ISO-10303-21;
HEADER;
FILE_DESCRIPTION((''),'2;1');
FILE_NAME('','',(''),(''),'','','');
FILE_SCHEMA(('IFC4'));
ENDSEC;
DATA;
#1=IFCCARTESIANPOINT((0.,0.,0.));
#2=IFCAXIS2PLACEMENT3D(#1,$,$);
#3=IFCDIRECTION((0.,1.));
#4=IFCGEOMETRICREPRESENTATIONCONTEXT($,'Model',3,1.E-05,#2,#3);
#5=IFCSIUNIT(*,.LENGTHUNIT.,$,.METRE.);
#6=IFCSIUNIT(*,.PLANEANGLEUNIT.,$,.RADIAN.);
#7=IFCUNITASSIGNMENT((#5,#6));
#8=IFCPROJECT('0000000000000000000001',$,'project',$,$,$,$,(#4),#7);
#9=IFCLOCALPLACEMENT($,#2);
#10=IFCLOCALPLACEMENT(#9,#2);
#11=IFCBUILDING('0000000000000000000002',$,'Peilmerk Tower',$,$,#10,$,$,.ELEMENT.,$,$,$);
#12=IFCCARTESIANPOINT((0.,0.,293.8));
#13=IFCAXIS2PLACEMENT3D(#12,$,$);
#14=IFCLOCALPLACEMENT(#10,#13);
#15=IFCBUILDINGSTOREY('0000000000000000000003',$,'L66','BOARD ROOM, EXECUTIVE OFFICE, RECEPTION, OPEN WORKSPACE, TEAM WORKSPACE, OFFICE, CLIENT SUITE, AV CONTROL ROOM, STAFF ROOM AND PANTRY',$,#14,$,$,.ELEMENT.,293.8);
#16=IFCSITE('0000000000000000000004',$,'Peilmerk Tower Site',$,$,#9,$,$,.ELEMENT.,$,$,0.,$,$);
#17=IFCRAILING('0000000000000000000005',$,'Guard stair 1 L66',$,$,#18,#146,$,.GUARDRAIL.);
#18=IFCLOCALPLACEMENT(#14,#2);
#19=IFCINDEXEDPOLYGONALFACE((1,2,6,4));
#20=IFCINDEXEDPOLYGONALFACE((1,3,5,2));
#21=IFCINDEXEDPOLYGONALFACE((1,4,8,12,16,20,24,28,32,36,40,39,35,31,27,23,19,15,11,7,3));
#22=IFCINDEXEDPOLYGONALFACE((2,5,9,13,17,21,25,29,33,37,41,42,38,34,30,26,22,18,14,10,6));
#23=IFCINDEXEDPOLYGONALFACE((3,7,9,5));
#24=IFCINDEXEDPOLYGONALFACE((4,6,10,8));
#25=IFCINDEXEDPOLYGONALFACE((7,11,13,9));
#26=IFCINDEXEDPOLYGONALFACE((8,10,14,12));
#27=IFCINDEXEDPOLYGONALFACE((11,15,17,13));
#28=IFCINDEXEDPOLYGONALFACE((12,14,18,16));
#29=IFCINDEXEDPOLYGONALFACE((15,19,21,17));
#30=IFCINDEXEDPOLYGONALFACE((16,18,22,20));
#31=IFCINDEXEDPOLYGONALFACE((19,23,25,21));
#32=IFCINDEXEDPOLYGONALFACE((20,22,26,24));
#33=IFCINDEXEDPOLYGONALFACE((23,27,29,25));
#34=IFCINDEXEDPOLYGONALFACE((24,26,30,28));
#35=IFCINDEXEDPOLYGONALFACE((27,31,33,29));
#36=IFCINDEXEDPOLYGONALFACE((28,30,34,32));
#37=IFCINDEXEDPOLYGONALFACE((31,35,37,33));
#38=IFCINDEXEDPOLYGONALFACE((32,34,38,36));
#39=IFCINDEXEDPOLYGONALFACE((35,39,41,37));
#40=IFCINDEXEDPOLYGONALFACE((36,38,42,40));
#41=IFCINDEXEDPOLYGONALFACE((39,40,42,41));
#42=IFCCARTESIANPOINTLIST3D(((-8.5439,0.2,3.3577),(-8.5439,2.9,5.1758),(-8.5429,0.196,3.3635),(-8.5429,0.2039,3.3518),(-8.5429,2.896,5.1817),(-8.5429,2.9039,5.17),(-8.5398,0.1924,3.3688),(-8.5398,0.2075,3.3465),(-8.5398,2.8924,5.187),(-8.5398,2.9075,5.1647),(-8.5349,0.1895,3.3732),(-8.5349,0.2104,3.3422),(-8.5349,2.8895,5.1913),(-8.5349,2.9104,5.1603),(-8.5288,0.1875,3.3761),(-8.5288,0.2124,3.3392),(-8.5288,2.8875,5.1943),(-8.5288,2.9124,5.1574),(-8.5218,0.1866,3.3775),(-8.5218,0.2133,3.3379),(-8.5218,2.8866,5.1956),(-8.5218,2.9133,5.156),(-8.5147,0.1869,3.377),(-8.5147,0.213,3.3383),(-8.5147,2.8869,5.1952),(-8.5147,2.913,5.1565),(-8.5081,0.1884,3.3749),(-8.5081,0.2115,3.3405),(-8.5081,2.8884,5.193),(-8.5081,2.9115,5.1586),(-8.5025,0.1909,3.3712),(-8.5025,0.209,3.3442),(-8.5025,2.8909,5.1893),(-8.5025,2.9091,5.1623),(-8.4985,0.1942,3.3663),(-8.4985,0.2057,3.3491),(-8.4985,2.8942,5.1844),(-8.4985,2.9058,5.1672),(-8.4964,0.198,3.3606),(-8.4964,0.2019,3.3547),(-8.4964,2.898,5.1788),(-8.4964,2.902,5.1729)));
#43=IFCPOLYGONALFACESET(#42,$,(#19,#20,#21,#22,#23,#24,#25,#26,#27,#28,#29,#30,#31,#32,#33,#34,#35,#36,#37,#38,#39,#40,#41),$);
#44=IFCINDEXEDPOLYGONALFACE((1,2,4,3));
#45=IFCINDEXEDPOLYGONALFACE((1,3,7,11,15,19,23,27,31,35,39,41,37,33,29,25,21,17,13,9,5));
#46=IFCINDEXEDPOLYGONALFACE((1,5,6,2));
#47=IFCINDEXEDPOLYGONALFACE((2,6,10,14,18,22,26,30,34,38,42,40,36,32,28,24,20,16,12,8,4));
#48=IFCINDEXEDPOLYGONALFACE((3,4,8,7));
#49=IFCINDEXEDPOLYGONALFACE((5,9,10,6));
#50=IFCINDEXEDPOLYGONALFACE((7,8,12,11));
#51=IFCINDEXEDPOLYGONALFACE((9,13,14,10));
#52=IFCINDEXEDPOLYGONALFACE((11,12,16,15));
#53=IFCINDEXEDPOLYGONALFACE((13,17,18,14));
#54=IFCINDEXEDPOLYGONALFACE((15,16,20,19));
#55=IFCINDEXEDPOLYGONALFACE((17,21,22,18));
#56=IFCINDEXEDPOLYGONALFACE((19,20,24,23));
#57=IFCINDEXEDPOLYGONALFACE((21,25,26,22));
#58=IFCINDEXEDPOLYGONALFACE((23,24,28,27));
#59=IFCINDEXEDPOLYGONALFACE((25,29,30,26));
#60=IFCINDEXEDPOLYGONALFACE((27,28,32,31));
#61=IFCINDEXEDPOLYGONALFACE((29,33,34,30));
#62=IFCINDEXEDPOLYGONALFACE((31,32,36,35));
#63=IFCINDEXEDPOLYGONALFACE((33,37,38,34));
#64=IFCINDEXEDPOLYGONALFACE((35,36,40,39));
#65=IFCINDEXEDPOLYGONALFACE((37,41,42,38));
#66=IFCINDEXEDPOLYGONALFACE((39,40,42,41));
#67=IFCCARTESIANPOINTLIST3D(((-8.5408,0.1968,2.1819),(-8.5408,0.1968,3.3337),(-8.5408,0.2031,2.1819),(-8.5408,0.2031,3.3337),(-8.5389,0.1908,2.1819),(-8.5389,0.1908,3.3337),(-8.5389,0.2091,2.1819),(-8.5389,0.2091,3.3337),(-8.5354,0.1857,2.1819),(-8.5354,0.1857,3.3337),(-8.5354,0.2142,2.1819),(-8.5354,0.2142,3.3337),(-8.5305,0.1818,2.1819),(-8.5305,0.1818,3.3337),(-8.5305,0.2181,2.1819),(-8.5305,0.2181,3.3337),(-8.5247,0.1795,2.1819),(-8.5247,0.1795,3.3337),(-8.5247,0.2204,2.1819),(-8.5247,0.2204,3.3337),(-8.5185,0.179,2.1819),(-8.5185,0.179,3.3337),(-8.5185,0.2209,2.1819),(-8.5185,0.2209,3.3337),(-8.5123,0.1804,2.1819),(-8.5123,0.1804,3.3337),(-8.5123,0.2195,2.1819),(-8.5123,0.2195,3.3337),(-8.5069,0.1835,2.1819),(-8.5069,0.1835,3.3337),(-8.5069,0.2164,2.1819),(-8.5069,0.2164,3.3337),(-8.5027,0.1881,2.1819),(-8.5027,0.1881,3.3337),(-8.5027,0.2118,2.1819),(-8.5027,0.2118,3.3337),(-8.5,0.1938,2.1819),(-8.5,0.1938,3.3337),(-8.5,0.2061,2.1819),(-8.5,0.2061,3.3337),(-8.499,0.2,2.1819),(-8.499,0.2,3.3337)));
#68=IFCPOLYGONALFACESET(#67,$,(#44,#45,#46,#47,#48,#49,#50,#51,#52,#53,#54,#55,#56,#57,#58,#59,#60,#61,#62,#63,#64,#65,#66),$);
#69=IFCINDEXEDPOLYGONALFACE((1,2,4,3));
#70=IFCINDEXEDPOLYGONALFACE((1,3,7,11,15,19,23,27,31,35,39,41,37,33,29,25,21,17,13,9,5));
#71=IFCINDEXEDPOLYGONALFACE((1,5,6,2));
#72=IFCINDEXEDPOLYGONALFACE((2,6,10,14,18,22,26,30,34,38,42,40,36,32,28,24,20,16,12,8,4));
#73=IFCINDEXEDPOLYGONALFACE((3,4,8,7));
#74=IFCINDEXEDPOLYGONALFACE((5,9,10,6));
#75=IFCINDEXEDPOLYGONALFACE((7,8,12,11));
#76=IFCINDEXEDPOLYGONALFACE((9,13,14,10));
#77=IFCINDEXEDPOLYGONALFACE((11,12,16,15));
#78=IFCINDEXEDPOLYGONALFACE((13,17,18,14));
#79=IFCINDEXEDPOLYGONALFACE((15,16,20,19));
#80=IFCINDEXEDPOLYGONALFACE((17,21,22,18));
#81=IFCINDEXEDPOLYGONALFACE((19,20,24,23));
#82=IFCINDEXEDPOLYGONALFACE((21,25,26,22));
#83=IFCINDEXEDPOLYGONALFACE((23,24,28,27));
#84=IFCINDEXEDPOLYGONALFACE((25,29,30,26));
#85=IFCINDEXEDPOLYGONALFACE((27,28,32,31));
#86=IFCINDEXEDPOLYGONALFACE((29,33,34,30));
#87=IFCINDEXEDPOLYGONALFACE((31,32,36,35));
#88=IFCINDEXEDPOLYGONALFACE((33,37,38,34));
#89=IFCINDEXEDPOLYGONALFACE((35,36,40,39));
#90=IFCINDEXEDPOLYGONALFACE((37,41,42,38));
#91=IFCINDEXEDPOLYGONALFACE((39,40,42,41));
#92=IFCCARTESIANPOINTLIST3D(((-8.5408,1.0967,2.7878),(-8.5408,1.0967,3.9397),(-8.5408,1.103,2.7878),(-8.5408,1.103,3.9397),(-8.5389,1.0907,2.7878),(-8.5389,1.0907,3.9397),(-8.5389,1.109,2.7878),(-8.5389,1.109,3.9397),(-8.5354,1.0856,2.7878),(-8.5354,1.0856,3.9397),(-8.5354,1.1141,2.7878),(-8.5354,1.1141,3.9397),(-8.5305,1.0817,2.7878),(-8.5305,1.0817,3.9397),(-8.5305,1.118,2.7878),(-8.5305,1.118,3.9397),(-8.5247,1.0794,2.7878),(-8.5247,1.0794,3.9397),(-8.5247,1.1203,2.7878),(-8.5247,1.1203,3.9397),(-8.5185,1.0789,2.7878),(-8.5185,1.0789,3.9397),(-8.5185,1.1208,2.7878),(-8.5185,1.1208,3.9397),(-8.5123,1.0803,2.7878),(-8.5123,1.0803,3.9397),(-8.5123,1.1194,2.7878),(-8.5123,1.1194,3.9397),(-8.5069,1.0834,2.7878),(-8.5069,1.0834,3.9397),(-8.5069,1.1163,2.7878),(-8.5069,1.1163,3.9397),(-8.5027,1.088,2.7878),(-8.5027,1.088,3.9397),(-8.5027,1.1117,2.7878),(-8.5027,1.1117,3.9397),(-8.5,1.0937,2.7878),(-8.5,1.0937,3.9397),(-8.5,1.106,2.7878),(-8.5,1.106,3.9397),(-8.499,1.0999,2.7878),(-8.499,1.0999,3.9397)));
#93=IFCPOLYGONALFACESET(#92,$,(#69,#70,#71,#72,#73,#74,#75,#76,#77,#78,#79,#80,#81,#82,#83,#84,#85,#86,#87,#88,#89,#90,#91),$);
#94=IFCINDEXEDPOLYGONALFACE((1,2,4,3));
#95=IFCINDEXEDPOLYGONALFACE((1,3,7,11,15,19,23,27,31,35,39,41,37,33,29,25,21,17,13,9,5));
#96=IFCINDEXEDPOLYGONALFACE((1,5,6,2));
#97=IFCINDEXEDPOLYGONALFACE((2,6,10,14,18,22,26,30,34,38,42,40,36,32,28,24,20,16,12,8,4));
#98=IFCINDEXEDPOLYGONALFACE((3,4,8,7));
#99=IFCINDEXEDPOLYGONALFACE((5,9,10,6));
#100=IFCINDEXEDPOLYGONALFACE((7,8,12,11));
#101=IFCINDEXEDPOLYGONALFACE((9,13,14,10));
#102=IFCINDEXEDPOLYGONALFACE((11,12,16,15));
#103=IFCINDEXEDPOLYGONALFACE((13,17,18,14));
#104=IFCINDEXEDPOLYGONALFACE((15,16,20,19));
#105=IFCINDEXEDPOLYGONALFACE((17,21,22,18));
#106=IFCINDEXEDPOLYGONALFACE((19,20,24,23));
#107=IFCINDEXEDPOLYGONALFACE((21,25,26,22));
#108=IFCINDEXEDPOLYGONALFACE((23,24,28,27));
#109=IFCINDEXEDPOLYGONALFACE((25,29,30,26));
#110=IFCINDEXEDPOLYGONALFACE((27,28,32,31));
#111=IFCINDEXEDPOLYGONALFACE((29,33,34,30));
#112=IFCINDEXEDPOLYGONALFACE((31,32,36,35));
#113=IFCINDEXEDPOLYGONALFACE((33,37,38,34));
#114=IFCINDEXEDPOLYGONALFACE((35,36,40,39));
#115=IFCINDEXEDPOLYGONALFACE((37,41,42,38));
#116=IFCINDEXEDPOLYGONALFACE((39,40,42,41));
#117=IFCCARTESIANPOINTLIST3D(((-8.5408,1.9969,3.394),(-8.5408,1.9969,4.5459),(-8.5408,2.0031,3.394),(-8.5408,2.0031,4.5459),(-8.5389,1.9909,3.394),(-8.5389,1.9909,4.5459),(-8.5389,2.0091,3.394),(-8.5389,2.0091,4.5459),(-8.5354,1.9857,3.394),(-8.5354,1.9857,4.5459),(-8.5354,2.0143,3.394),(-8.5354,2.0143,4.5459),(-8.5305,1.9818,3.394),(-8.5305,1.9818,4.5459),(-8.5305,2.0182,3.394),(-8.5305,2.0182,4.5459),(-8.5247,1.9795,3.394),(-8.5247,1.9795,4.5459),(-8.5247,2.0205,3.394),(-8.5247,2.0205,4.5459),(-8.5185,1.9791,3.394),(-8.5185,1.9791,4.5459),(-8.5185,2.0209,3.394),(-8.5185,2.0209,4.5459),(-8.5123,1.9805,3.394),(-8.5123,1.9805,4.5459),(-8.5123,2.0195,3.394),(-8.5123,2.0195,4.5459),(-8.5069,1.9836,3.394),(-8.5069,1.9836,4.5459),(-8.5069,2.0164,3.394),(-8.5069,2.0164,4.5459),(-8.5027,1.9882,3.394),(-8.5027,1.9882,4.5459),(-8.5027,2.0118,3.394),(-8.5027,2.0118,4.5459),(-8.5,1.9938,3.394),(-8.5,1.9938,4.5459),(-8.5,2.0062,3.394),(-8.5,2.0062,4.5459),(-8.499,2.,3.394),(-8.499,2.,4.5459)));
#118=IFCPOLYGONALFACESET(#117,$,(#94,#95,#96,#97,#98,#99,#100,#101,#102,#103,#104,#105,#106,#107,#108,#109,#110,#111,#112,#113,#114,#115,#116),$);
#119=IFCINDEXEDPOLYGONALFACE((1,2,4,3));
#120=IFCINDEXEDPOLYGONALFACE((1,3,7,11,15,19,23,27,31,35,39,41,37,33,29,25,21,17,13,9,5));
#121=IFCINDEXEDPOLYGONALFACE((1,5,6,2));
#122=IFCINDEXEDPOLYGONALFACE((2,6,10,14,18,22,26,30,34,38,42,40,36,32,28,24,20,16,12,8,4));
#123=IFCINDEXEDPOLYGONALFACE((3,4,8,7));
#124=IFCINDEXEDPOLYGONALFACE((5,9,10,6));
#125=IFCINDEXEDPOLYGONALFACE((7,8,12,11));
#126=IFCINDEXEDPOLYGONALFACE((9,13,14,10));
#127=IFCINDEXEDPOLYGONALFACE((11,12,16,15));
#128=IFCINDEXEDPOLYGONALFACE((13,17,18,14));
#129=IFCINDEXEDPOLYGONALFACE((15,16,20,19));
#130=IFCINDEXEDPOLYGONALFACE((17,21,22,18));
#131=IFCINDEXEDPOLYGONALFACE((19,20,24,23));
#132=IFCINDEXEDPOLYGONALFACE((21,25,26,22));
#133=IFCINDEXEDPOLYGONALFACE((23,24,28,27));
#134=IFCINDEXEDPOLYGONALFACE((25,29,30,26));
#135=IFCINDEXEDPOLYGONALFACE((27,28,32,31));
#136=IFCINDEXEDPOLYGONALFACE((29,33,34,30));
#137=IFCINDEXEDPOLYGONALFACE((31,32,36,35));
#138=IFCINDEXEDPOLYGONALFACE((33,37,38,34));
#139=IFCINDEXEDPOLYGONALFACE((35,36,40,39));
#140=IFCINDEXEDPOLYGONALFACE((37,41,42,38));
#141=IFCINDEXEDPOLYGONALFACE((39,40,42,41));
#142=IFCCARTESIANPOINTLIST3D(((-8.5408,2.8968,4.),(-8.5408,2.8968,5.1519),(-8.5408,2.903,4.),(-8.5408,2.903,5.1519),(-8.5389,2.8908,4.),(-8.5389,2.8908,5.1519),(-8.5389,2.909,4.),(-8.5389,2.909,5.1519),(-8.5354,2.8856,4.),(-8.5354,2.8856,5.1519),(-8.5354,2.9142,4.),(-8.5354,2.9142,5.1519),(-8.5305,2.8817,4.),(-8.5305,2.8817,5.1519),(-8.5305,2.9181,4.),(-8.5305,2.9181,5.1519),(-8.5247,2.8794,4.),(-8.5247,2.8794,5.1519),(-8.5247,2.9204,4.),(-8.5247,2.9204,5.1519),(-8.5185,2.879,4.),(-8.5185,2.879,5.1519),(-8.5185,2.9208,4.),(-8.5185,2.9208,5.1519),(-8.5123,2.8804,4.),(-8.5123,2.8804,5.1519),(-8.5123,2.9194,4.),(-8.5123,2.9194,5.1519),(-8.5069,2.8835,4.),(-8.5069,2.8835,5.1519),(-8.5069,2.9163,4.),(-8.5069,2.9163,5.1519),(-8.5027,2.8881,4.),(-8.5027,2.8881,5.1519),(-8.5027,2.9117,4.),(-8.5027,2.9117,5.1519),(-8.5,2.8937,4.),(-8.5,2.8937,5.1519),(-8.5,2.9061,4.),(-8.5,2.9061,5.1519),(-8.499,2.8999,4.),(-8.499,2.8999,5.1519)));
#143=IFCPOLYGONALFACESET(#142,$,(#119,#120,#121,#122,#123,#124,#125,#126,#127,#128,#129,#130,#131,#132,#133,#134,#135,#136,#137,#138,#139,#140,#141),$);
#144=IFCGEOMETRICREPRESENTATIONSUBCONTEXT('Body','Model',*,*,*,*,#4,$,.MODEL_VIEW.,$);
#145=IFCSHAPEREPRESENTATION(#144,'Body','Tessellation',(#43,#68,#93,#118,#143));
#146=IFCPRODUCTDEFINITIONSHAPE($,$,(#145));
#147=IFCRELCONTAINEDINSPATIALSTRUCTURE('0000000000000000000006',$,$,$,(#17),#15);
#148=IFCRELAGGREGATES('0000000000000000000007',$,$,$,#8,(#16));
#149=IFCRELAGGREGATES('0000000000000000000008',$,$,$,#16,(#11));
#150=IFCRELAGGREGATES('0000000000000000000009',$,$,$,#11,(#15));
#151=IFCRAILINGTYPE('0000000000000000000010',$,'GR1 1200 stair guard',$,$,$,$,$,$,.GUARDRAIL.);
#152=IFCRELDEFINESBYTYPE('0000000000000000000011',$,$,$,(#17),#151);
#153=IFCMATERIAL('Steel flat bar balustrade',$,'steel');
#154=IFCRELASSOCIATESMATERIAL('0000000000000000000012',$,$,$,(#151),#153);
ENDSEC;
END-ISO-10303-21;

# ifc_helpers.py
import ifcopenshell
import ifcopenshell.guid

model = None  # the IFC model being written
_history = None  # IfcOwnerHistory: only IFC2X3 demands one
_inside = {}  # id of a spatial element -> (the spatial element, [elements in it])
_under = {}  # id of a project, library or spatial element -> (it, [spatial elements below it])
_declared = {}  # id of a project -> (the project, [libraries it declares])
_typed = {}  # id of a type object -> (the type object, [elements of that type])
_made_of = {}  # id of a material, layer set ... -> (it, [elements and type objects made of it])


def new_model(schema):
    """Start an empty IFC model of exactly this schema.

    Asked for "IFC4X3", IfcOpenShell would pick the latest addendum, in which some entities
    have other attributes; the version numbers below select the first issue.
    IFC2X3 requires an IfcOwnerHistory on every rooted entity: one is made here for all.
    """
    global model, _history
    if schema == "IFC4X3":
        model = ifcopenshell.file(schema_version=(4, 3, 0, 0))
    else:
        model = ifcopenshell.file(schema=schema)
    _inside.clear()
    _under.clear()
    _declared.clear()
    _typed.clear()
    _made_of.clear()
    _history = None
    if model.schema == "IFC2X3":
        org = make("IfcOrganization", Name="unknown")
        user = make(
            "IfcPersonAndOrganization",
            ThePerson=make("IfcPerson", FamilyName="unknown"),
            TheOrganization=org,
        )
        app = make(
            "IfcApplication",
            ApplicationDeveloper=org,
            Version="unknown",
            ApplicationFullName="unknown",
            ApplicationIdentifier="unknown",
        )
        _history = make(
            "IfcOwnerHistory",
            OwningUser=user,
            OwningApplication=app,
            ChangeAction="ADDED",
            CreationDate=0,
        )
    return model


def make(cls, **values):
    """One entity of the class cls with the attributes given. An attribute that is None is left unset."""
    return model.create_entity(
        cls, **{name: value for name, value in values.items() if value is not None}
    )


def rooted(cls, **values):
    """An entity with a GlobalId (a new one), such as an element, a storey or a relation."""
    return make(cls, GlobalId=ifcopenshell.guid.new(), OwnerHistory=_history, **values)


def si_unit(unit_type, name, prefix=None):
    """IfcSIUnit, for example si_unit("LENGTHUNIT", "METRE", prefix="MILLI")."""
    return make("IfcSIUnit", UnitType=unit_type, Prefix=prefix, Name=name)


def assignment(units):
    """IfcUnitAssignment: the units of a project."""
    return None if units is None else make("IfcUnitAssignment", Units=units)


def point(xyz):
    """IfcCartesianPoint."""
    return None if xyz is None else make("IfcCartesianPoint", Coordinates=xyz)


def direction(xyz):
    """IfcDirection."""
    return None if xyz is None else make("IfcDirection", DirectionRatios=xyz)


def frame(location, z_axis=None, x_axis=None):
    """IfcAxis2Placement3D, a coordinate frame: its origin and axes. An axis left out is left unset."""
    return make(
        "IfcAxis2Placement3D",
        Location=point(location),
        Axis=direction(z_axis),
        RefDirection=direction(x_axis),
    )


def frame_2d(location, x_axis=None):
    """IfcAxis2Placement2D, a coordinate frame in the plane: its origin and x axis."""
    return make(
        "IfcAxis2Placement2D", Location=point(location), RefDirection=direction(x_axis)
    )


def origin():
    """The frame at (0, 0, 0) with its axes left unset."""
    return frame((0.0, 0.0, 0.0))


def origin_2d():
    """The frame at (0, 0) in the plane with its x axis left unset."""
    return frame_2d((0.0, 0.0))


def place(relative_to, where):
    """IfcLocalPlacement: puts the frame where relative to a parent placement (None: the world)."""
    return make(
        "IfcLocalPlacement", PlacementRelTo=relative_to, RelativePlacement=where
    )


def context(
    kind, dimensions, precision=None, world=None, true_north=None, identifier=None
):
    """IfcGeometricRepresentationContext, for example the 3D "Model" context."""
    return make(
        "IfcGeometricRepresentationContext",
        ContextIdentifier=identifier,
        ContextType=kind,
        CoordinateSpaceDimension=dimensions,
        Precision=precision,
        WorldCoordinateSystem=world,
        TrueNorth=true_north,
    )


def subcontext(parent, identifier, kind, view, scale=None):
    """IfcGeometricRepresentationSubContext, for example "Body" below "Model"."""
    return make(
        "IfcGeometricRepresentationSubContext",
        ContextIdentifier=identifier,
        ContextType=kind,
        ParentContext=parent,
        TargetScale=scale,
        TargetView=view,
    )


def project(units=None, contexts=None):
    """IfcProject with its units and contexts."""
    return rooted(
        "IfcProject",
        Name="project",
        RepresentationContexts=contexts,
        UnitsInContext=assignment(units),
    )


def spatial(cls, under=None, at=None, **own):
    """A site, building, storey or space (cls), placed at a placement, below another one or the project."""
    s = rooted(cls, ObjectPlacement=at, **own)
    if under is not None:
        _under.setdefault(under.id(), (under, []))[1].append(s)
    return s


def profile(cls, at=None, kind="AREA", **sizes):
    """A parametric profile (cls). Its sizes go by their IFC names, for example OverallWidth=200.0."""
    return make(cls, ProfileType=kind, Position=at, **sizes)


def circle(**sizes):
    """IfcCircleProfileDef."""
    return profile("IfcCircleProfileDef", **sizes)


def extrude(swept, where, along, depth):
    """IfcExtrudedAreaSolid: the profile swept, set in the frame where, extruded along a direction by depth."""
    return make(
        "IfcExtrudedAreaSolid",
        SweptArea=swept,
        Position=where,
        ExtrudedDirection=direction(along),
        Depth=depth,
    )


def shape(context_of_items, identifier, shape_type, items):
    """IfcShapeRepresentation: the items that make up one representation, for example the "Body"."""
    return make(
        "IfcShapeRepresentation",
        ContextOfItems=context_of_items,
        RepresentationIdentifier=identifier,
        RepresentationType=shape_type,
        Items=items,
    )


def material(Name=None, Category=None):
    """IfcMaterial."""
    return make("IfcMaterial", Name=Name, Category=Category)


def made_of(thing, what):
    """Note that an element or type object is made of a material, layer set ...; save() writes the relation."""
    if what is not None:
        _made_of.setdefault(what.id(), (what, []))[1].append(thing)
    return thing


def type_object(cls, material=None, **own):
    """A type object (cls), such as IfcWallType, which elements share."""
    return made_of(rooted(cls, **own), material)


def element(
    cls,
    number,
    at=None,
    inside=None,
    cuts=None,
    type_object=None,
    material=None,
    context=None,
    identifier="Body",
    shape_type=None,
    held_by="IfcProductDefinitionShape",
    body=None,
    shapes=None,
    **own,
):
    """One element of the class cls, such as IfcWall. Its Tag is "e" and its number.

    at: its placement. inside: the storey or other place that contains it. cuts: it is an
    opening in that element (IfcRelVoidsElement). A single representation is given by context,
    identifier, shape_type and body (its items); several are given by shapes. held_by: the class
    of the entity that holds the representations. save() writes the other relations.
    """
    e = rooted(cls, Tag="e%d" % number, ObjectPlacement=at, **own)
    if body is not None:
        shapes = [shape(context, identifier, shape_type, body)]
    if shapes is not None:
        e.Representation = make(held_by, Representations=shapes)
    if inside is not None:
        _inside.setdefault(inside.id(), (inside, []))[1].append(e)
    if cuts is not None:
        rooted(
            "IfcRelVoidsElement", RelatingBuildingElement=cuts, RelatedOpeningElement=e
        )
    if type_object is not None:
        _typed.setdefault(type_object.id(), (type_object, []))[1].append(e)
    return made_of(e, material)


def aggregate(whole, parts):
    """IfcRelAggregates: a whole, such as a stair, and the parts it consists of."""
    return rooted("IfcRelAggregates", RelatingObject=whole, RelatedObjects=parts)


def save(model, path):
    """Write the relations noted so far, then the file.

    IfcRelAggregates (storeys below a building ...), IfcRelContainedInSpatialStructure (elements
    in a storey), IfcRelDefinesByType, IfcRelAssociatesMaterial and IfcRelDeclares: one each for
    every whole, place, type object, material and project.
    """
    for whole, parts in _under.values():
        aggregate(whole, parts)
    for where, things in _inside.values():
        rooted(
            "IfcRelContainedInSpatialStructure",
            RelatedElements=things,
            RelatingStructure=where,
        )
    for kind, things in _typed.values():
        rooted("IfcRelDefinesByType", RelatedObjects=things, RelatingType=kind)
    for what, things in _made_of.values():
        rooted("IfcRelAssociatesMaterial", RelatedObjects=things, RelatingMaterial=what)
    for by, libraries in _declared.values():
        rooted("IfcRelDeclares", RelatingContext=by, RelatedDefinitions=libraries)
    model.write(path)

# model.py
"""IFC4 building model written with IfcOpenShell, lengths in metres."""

from ifc_helpers import new_model, si_unit, direction, frame, origin, origin_2d, place, context, subcontext, project, spatial, circle, extrude, material, type_object, element, save


model = new_model("IFC4")

# Units and contexts
model_context = context("Model", 3, precision=1e-05, world=origin(), true_north=direction((0.0, 1.0)))
body_context = subcontext(model_context, "Body", "Model", "MODEL_VIEW")
ifc_project = project(units=[si_unit("LENGTHUNIT", "METRE"), si_unit("PLANEANGLEUNIT", "RADIAN")], contexts=[model_context])

# Site, building, storey
site_placement = place(None, origin())
site = spatial("IfcSite", under=ifc_project, at=site_placement, Name="Peilmerk Tower Site", CompositionType="ELEMENT", RefElevation=0.0)
building_placement = place(site_placement, origin())
building = spatial("IfcBuilding", under=site, at=building_placement, Name="Peilmerk Tower", CompositionType="ELEMENT")
storey_placement = place(building_placement, frame((0.0, 0.0, 293.8)))
storey = spatial("IfcBuildingStorey", under=building, at=storey_placement, Name="L66", Description="BOARD ROOM, EXECUTIVE OFFICE, RECEPTION, OPEN WORKSPACE, TEAM WORKSPACE, OFFICE, CLIENT SUITE, AV CONTROL ROOM, STAFF ROOM AND PANTRY", CompositionType="ELEMENT", Elevation=293.8)

# Railing
ifc_material_1 = material(Name="Steel flat bar balustrade", Category="steel")
railing_type_1 = type_object("IfcRailingType", Name="GR1 1200 stair guard", PredefinedType="GUARDRAIL", material=ifc_material_1)
railing_1_placement = place(storey_placement, frame((-8.52, 0.2, 2.1819)))
element("IfcRailing", 1, at=railing_1_placement, inside=storey, type_object=railing_type_1, Name="Guard stair 1 L66", PredefinedType="GUARDRAIL", context=body_context, shape_type="SweptSolid", body=[
    extrude(circle(Radius=0.0239, at=origin_2d()), frame((0.0, 0.0, 1.1758), z_axis=(0.0, 0.829468, 0.558554), x_axis=(-1.0, 0.0, 0.0)), (0.0, 0.0, 1.0), 3.2551),
    extrude(circle(Radius=0.021, at=origin_2d()), origin(), (0.0, 0.0, 1.0), 1.1519),
    extrude(circle(Radius=0.021, at=origin_2d()), frame((0.0, 0.8999, 0.606)), (0.0, 0.0, 1.0), 1.1519),
    extrude(circle(Radius=0.021, at=origin_2d()), frame((0.0, 1.8, 1.2122)), (0.0, 0.0, 1.0), 1.1519),
    extrude(circle(Radius=0.021, at=origin_2d()), frame((0.0, 2.7, 1.8181)), (0.0, 0.0, 1.0), 1.1519),
])

save(model, "model.ifc")
